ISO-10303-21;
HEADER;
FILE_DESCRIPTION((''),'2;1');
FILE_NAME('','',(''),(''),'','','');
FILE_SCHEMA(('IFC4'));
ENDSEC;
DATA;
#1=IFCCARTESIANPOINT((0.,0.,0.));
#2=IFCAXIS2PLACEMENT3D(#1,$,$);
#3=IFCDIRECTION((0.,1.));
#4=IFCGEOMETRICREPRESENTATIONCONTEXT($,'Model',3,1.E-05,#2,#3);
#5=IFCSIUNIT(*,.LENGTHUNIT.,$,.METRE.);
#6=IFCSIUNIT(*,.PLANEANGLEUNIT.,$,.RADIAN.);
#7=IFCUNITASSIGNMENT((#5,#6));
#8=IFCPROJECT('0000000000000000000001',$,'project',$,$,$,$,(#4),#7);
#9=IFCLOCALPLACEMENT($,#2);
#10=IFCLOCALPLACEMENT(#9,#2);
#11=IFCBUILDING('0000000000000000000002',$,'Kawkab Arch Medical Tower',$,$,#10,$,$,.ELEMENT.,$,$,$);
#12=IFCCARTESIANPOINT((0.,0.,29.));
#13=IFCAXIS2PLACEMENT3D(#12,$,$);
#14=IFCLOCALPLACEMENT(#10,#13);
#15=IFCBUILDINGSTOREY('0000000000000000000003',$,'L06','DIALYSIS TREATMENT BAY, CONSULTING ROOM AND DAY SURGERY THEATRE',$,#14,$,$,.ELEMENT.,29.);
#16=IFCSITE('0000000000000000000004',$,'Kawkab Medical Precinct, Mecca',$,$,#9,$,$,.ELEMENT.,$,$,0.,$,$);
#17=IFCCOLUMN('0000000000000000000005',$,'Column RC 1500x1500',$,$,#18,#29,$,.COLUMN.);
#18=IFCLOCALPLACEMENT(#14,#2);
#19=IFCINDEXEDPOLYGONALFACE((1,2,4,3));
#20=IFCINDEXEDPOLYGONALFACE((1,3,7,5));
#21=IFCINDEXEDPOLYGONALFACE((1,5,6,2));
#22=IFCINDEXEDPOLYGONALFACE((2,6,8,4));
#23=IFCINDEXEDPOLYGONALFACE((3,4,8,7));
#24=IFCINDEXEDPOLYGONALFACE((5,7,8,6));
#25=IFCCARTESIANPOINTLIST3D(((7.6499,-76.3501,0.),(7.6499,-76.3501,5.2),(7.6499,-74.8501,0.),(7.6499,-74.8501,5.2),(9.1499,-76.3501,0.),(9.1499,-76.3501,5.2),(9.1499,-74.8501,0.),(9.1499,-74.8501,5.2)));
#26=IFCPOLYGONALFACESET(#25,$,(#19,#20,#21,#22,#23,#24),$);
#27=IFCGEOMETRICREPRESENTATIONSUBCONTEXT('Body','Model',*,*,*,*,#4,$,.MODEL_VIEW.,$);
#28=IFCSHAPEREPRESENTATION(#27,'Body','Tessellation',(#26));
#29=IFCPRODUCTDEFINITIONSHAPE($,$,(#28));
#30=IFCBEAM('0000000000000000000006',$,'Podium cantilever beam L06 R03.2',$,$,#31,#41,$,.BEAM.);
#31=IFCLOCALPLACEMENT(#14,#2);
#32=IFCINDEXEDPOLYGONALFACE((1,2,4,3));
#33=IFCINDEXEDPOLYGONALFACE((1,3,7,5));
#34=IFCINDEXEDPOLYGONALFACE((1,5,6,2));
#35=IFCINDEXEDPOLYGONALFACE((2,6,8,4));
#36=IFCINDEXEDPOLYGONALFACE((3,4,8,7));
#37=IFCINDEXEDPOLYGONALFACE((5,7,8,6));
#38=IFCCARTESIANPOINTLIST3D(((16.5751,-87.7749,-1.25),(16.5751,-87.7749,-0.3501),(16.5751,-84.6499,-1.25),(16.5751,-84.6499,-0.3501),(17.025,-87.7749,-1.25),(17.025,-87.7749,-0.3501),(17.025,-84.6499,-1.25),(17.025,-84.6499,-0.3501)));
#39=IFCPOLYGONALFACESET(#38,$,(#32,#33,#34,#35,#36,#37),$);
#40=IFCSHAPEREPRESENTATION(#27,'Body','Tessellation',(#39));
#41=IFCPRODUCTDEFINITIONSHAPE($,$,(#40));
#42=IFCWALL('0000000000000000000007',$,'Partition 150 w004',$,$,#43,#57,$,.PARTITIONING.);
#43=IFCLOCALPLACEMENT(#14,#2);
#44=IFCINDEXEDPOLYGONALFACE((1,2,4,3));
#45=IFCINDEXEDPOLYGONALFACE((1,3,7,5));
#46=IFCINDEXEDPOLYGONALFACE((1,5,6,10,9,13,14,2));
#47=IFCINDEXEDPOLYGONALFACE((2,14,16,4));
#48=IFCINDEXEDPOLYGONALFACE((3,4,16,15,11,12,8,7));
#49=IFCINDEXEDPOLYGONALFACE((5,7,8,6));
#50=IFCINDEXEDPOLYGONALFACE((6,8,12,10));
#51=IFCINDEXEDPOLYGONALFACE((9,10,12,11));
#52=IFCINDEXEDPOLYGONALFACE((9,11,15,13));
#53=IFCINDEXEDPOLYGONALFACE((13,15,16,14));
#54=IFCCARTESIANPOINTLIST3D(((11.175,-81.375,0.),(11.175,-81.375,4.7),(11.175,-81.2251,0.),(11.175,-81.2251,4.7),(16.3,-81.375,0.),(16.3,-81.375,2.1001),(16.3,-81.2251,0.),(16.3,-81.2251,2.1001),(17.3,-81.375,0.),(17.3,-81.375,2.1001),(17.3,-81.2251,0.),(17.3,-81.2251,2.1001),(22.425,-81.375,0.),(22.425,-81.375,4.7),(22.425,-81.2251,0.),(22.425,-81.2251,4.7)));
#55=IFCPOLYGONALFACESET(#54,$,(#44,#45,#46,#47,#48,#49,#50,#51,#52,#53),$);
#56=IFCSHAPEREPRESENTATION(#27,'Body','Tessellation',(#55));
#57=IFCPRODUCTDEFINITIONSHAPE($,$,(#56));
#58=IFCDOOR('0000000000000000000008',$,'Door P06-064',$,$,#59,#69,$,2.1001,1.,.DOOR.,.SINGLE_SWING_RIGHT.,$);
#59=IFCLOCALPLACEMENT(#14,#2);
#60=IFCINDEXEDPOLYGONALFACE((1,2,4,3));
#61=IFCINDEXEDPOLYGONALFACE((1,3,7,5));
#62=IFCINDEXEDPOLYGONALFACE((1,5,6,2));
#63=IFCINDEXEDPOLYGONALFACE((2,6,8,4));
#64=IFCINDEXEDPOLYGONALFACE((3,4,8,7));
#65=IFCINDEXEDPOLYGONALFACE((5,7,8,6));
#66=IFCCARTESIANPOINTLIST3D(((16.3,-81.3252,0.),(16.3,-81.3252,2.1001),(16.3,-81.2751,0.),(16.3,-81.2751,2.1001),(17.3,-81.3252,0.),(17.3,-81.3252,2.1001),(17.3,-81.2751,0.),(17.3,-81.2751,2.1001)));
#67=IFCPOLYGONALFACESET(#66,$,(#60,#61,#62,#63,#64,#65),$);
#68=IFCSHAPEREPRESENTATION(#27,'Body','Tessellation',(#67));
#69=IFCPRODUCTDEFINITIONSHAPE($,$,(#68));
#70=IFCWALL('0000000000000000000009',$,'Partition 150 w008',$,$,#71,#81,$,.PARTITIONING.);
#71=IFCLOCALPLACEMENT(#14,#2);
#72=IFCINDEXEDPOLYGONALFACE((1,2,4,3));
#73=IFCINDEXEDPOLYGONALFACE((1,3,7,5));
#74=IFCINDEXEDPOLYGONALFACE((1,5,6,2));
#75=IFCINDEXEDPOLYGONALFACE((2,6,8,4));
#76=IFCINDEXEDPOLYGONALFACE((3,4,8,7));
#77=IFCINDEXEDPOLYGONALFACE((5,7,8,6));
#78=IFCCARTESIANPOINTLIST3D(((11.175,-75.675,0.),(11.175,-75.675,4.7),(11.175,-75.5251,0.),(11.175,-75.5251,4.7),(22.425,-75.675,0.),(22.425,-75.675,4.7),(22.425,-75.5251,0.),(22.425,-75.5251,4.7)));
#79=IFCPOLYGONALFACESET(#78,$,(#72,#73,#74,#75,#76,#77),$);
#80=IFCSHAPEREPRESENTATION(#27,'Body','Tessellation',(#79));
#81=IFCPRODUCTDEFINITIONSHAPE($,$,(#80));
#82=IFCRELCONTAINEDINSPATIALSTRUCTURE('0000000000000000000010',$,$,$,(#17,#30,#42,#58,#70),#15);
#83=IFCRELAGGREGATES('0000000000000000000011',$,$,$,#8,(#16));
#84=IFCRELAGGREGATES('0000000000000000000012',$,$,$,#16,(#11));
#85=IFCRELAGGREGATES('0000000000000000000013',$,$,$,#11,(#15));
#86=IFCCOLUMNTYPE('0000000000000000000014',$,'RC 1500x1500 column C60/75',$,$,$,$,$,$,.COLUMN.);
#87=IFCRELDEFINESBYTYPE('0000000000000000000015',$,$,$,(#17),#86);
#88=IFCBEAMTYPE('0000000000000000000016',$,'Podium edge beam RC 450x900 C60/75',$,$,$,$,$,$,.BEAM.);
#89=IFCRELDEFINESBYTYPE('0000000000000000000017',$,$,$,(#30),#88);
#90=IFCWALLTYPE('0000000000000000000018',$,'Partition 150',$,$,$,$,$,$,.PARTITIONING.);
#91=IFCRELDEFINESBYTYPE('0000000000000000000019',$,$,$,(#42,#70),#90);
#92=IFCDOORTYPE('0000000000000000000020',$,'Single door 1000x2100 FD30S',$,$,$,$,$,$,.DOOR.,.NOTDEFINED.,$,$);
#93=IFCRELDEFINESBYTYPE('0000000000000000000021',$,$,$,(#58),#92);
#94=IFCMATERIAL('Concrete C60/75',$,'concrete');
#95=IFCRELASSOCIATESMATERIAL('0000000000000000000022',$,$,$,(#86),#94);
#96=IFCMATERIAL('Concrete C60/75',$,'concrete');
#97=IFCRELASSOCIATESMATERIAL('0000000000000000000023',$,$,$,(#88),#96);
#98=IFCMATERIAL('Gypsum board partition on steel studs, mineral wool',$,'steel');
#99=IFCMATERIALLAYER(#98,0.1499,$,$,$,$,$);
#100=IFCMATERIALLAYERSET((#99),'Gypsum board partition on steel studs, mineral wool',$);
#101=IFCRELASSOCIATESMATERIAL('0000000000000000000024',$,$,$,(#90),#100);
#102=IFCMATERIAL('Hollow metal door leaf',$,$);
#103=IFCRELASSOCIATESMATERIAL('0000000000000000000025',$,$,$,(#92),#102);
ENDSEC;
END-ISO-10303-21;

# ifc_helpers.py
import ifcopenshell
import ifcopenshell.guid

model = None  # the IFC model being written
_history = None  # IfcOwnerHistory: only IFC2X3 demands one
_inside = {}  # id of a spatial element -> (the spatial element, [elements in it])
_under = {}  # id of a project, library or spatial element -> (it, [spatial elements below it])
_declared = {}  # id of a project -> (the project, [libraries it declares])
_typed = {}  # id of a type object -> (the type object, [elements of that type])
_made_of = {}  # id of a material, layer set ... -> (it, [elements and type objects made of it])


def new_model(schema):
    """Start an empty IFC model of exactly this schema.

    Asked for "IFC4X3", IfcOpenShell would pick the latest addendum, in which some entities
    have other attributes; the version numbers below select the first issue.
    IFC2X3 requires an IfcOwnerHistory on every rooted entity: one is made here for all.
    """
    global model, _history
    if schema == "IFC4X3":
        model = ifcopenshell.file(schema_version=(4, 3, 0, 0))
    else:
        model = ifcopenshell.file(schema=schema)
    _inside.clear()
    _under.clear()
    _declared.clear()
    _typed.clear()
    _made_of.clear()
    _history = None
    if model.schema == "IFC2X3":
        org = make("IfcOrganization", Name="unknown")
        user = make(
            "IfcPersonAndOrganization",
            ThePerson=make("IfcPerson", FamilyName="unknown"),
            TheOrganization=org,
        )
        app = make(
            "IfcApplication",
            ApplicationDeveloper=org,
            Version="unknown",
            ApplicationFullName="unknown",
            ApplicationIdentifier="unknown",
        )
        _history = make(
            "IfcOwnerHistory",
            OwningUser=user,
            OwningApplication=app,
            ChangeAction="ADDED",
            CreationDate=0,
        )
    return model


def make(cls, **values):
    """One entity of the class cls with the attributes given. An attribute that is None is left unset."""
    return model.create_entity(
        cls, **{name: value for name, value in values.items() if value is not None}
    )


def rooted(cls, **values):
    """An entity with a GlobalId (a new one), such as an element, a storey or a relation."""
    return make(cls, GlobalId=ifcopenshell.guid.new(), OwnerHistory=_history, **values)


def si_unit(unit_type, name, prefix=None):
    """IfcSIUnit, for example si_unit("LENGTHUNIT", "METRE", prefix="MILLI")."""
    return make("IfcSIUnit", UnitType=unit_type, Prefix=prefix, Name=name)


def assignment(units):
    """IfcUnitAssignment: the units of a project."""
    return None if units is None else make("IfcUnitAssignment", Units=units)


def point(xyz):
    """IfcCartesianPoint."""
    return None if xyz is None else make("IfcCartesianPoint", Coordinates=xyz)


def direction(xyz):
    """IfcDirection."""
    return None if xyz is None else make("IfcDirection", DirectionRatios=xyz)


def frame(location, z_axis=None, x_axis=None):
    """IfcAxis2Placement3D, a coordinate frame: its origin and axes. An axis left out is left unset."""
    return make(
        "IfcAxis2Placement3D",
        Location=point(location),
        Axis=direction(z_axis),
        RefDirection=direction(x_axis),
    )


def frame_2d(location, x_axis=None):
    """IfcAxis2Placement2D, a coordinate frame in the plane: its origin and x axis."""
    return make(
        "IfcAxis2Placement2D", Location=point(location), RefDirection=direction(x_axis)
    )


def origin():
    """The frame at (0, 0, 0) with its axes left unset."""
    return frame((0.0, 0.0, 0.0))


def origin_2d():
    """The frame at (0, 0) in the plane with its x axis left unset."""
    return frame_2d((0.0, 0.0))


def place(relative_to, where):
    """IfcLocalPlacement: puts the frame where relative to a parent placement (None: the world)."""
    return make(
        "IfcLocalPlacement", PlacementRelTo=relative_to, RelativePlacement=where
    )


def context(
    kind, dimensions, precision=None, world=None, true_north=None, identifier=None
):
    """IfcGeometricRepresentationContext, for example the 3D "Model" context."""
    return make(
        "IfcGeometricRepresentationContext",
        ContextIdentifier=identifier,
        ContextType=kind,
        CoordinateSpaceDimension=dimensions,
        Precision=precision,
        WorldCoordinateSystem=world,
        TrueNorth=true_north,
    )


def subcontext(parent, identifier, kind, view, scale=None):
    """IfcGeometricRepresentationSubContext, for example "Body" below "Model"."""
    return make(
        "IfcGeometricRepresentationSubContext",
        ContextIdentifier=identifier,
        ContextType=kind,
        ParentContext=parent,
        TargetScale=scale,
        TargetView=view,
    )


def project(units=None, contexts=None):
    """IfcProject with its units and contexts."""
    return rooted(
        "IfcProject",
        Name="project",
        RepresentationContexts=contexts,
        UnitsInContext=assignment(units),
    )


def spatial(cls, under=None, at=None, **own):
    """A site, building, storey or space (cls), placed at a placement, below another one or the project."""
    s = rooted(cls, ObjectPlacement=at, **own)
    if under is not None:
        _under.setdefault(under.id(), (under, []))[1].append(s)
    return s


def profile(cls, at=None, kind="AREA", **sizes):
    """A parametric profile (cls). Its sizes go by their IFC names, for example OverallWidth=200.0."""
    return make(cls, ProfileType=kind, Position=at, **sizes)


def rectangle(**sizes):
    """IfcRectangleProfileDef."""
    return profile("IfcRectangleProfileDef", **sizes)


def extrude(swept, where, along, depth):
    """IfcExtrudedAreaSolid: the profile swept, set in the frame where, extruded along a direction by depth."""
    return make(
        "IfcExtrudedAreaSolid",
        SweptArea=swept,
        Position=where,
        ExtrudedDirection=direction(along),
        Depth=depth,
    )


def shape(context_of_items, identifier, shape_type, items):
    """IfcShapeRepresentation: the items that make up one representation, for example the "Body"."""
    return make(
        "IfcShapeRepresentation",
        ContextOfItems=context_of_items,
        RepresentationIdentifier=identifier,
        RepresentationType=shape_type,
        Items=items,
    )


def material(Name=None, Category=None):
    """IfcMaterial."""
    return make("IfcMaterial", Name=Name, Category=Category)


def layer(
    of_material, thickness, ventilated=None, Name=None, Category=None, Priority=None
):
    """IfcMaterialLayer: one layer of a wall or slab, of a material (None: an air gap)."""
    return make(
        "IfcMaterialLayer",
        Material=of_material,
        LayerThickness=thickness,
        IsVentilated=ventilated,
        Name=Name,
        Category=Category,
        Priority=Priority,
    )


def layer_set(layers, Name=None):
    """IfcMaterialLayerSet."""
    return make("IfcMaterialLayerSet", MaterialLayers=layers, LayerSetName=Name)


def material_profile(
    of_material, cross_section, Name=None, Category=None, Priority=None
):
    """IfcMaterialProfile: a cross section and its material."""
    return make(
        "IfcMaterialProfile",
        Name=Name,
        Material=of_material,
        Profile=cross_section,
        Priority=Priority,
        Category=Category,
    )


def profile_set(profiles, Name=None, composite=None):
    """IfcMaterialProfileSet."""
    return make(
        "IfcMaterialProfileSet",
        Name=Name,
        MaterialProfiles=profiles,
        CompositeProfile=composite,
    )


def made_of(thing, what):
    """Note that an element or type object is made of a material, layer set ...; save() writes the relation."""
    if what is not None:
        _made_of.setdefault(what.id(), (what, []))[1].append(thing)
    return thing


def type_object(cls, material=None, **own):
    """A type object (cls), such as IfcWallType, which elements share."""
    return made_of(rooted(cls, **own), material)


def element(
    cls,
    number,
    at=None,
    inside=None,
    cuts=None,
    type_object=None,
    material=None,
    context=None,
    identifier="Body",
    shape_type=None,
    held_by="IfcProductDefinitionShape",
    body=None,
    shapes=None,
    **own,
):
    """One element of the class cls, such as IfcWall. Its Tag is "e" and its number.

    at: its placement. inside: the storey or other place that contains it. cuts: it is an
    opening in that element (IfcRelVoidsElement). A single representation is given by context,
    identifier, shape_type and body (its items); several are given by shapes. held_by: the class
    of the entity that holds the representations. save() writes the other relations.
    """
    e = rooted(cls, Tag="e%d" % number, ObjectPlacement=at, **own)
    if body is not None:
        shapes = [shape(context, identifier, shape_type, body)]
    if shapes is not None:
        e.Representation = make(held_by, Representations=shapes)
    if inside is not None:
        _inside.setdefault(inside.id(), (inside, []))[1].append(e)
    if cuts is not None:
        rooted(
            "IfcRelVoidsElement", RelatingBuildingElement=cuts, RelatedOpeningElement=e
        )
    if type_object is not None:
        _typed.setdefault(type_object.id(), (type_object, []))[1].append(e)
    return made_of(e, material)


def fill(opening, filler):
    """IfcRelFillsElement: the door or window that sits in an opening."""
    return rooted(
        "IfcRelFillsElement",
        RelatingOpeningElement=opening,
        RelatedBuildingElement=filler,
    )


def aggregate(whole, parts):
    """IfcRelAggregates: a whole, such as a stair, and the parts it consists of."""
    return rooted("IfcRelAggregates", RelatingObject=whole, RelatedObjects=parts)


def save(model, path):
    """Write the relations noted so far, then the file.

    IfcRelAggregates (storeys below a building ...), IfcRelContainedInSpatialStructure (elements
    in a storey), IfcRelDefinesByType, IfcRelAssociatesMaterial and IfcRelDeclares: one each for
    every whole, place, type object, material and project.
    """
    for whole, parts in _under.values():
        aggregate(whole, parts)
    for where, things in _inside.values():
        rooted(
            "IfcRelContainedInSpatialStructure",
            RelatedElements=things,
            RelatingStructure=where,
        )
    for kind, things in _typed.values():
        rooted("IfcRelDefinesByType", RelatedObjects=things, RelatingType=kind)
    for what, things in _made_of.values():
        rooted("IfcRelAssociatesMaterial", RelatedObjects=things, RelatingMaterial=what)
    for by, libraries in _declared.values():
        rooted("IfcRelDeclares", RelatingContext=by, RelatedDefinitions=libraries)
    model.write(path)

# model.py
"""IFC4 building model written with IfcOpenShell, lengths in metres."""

from ifc_helpers import new_model, si_unit, direction, frame, frame_2d, origin, origin_2d, place, context, subcontext, project, spatial, rectangle, extrude, material, layer, layer_set, material_profile, profile_set, type_object, element, fill, save


model = new_model("IFC4")

# Units and contexts
model_context = context("Model", 3, precision=1e-05, world=origin(), true_north=direction((0.0, 1.0)))
body_context = subcontext(model_context, "Body", "Model", "MODEL_VIEW")
ifc_project = project(units=[si_unit("LENGTHUNIT", "METRE"), si_unit("PLANEANGLEUNIT", "RADIAN")], contexts=[model_context])

# Site, building, storey
site_placement = place(None, origin())
site = spatial("IfcSite", under=ifc_project, at=site_placement, Name="Kawkab Medical Precinct, Mecca", CompositionType="ELEMENT", RefElevation=0.0)
building_placement = place(site_placement, origin())
building = spatial("IfcBuilding", under=site, at=building_placement, Name="Kawkab Arch Medical Tower", CompositionType="ELEMENT")
storey_placement = place(building_placement, frame((0.0, 0.0, 29.0)))
storey = spatial("IfcBuildingStorey", under=building, at=storey_placement, Name="L06", Description="DIALYSIS TREATMENT BAY, CONSULTING ROOM AND DAY SURGERY THEATRE", CompositionType="ELEMENT", Elevation=29.0)

# Column
ifc_material_1 = material(Name="Concrete C60/75", Category="concrete")
ifc_material_profile_1 = material_profile(ifc_material_1, rectangle(XDim=1.5, YDim=1.5, at=origin_2d()), Name="RC 1500x1500")
ifc_profile_set_1 = profile_set([ifc_material_profile_1], Name="Concrete C60/75")
column_type = type_object("IfcColumnType", Name="RC 1500x1500 column C60/75", PredefinedType="COLUMN", material=ifc_profile_set_1)
column_placement = place(storey_placement, frame((8.3999, -75.6001, 0.0), z_axis=(0.0, 0.0, 1.0), x_axis=(1.0, 0.0, 0.0)))
element("IfcColumn", 1, at=column_placement, inside=storey, type_object=column_type, Name="Column RC 1500x1500", PredefinedType="COLUMN", context=body_context, shape_type="SweptSolid", body=[
    extrude(rectangle(XDim=1.5, YDim=1.5, at=origin_2d()), origin(), (0.0, 0.0, 1.0), 5.2),
])

# Beam
ifc_material_2 = material(Name="Concrete C60/75", Category="concrete")
ifc_material_profile_2 = material_profile(ifc_material_2, rectangle(XDim=0.45, YDim=0.8999, at=origin_2d()), Name="RC 450x900")
ifc_profile_set_2 = profile_set([ifc_material_profile_2], Name="Concrete C60/75")
beam_type = type_object("IfcBeamType", Name="Podium edge beam RC 450x900 C60/75", PredefinedType="BEAM", material=ifc_profile_set_2)
beam_placement = place(storey_placement, frame((16.8, -84.6499, -0.8), z_axis=(0.0, -1.0, 0.0), x_axis=(1.0, 0.0, 0.0)))
element("IfcBeam", 2, at=beam_placement, inside=storey, type_object=beam_type, Name="Podium cantilever beam L06 R03.2", PredefinedType="BEAM", context=body_context, shape_type="SweptSolid", body=[
    extrude(rectangle(XDim=0.45, YDim=0.8999, at=origin_2d()), origin(), (0.0, 0.0, 1.0), 3.125),
])

# Wall, opening, door
ifc_material_3 = material(Name="Gypsum board partition on steel studs, mineral wool", Category="steel")
ifc_layer = layer(ifc_material_3, 0.1499)
ifc_layer_set = layer_set([ifc_layer], Name="Gypsum board partition on steel studs, mineral wool")
wall_type = type_object("IfcWallType", Name="Partition 150", PredefinedType="PARTITIONING", material=ifc_layer_set)
wall_1_placement = place(storey_placement, frame((11.175, -81.3, 0.0), z_axis=(0.0, 0.0, 1.0), x_axis=(1.0, 0.0, 0.0)))
wall_1 = element("IfcWall", 3, at=wall_1_placement, inside=storey, type_object=wall_type, Name="Partition 150 w004", PredefinedType="PARTITIONING", context=body_context, shape_type="SweptSolid", body=[
    extrude(rectangle(XDim=11.25, YDim=0.1499, at=frame_2d((5.625, 0.0))), origin(), (0.0, 0.0, 1.0), 4.7),
])
opening_1_placement = place(wall_1_placement, frame((5.125, 0.0, 0.0)))
opening_1 = element("IfcOpeningElement", 4, at=opening_1_placement, cuts=wall_1, PredefinedType="OPENING", context=body_context, shape_type="SweptSolid", body=[
    extrude(rectangle(XDim=1.0, YDim=2.1001, at=frame_2d((0.5, 1.05))), frame((0.0, 0.085, 0.0), z_axis=(0.0, -1.0, 0.0), x_axis=(1.0, 0.0, 0.0)), (0.0, 0.0, 1.0), 0.1699),
])
ifc_material_4 = material(Name="Hollow metal door leaf")
door_type_1 = type_object("IfcDoorType", Name="Single door 1000x2100 FD30S", OperationType="NOTDEFINED", PredefinedType="DOOR", material=ifc_material_4)
door_1_placement = place(opening_1_placement, origin())
door_1 = element("IfcDoor", 5, at=door_1_placement, inside=storey, type_object=door_type_1, Name="Door P06-064", OperationType="SINGLE_SWING_RIGHT", OverallHeight=2.1001, OverallWidth=1.0, PredefinedType="DOOR", context=body_context, shape_type="SweptSolid", body=[
    extrude(rectangle(XDim=1.0, YDim=2.1001, at=frame_2d((0.5, 1.05))), frame((0.0, 0.0249, 0.0), z_axis=(0.0, -1.0, 0.0), x_axis=(1.0, 0.0, 0.0)), (0.0, 0.0, 1.0), 0.05),
])
fill(opening_1, door_1)

# Wall
wall_2_placement = place(storey_placement, frame((11.175, -75.6001, 0.0), z_axis=(0.0, 0.0, 1.0), x_axis=(1.0, 0.0, 0.0)))
element("IfcWall", 6, at=wall_2_placement, inside=storey, type_object=wall_type, Name="Partition 150 w008", PredefinedType="PARTITIONING", context=body_context, shape_type="SweptSolid", body=[
    extrude(rectangle(XDim=11.25, YDim=0.1499, at=frame_2d((5.625, 0.0))), origin(), (0.0, 0.0, 1.0), 4.7),
])

save(model, "model.ifc")
